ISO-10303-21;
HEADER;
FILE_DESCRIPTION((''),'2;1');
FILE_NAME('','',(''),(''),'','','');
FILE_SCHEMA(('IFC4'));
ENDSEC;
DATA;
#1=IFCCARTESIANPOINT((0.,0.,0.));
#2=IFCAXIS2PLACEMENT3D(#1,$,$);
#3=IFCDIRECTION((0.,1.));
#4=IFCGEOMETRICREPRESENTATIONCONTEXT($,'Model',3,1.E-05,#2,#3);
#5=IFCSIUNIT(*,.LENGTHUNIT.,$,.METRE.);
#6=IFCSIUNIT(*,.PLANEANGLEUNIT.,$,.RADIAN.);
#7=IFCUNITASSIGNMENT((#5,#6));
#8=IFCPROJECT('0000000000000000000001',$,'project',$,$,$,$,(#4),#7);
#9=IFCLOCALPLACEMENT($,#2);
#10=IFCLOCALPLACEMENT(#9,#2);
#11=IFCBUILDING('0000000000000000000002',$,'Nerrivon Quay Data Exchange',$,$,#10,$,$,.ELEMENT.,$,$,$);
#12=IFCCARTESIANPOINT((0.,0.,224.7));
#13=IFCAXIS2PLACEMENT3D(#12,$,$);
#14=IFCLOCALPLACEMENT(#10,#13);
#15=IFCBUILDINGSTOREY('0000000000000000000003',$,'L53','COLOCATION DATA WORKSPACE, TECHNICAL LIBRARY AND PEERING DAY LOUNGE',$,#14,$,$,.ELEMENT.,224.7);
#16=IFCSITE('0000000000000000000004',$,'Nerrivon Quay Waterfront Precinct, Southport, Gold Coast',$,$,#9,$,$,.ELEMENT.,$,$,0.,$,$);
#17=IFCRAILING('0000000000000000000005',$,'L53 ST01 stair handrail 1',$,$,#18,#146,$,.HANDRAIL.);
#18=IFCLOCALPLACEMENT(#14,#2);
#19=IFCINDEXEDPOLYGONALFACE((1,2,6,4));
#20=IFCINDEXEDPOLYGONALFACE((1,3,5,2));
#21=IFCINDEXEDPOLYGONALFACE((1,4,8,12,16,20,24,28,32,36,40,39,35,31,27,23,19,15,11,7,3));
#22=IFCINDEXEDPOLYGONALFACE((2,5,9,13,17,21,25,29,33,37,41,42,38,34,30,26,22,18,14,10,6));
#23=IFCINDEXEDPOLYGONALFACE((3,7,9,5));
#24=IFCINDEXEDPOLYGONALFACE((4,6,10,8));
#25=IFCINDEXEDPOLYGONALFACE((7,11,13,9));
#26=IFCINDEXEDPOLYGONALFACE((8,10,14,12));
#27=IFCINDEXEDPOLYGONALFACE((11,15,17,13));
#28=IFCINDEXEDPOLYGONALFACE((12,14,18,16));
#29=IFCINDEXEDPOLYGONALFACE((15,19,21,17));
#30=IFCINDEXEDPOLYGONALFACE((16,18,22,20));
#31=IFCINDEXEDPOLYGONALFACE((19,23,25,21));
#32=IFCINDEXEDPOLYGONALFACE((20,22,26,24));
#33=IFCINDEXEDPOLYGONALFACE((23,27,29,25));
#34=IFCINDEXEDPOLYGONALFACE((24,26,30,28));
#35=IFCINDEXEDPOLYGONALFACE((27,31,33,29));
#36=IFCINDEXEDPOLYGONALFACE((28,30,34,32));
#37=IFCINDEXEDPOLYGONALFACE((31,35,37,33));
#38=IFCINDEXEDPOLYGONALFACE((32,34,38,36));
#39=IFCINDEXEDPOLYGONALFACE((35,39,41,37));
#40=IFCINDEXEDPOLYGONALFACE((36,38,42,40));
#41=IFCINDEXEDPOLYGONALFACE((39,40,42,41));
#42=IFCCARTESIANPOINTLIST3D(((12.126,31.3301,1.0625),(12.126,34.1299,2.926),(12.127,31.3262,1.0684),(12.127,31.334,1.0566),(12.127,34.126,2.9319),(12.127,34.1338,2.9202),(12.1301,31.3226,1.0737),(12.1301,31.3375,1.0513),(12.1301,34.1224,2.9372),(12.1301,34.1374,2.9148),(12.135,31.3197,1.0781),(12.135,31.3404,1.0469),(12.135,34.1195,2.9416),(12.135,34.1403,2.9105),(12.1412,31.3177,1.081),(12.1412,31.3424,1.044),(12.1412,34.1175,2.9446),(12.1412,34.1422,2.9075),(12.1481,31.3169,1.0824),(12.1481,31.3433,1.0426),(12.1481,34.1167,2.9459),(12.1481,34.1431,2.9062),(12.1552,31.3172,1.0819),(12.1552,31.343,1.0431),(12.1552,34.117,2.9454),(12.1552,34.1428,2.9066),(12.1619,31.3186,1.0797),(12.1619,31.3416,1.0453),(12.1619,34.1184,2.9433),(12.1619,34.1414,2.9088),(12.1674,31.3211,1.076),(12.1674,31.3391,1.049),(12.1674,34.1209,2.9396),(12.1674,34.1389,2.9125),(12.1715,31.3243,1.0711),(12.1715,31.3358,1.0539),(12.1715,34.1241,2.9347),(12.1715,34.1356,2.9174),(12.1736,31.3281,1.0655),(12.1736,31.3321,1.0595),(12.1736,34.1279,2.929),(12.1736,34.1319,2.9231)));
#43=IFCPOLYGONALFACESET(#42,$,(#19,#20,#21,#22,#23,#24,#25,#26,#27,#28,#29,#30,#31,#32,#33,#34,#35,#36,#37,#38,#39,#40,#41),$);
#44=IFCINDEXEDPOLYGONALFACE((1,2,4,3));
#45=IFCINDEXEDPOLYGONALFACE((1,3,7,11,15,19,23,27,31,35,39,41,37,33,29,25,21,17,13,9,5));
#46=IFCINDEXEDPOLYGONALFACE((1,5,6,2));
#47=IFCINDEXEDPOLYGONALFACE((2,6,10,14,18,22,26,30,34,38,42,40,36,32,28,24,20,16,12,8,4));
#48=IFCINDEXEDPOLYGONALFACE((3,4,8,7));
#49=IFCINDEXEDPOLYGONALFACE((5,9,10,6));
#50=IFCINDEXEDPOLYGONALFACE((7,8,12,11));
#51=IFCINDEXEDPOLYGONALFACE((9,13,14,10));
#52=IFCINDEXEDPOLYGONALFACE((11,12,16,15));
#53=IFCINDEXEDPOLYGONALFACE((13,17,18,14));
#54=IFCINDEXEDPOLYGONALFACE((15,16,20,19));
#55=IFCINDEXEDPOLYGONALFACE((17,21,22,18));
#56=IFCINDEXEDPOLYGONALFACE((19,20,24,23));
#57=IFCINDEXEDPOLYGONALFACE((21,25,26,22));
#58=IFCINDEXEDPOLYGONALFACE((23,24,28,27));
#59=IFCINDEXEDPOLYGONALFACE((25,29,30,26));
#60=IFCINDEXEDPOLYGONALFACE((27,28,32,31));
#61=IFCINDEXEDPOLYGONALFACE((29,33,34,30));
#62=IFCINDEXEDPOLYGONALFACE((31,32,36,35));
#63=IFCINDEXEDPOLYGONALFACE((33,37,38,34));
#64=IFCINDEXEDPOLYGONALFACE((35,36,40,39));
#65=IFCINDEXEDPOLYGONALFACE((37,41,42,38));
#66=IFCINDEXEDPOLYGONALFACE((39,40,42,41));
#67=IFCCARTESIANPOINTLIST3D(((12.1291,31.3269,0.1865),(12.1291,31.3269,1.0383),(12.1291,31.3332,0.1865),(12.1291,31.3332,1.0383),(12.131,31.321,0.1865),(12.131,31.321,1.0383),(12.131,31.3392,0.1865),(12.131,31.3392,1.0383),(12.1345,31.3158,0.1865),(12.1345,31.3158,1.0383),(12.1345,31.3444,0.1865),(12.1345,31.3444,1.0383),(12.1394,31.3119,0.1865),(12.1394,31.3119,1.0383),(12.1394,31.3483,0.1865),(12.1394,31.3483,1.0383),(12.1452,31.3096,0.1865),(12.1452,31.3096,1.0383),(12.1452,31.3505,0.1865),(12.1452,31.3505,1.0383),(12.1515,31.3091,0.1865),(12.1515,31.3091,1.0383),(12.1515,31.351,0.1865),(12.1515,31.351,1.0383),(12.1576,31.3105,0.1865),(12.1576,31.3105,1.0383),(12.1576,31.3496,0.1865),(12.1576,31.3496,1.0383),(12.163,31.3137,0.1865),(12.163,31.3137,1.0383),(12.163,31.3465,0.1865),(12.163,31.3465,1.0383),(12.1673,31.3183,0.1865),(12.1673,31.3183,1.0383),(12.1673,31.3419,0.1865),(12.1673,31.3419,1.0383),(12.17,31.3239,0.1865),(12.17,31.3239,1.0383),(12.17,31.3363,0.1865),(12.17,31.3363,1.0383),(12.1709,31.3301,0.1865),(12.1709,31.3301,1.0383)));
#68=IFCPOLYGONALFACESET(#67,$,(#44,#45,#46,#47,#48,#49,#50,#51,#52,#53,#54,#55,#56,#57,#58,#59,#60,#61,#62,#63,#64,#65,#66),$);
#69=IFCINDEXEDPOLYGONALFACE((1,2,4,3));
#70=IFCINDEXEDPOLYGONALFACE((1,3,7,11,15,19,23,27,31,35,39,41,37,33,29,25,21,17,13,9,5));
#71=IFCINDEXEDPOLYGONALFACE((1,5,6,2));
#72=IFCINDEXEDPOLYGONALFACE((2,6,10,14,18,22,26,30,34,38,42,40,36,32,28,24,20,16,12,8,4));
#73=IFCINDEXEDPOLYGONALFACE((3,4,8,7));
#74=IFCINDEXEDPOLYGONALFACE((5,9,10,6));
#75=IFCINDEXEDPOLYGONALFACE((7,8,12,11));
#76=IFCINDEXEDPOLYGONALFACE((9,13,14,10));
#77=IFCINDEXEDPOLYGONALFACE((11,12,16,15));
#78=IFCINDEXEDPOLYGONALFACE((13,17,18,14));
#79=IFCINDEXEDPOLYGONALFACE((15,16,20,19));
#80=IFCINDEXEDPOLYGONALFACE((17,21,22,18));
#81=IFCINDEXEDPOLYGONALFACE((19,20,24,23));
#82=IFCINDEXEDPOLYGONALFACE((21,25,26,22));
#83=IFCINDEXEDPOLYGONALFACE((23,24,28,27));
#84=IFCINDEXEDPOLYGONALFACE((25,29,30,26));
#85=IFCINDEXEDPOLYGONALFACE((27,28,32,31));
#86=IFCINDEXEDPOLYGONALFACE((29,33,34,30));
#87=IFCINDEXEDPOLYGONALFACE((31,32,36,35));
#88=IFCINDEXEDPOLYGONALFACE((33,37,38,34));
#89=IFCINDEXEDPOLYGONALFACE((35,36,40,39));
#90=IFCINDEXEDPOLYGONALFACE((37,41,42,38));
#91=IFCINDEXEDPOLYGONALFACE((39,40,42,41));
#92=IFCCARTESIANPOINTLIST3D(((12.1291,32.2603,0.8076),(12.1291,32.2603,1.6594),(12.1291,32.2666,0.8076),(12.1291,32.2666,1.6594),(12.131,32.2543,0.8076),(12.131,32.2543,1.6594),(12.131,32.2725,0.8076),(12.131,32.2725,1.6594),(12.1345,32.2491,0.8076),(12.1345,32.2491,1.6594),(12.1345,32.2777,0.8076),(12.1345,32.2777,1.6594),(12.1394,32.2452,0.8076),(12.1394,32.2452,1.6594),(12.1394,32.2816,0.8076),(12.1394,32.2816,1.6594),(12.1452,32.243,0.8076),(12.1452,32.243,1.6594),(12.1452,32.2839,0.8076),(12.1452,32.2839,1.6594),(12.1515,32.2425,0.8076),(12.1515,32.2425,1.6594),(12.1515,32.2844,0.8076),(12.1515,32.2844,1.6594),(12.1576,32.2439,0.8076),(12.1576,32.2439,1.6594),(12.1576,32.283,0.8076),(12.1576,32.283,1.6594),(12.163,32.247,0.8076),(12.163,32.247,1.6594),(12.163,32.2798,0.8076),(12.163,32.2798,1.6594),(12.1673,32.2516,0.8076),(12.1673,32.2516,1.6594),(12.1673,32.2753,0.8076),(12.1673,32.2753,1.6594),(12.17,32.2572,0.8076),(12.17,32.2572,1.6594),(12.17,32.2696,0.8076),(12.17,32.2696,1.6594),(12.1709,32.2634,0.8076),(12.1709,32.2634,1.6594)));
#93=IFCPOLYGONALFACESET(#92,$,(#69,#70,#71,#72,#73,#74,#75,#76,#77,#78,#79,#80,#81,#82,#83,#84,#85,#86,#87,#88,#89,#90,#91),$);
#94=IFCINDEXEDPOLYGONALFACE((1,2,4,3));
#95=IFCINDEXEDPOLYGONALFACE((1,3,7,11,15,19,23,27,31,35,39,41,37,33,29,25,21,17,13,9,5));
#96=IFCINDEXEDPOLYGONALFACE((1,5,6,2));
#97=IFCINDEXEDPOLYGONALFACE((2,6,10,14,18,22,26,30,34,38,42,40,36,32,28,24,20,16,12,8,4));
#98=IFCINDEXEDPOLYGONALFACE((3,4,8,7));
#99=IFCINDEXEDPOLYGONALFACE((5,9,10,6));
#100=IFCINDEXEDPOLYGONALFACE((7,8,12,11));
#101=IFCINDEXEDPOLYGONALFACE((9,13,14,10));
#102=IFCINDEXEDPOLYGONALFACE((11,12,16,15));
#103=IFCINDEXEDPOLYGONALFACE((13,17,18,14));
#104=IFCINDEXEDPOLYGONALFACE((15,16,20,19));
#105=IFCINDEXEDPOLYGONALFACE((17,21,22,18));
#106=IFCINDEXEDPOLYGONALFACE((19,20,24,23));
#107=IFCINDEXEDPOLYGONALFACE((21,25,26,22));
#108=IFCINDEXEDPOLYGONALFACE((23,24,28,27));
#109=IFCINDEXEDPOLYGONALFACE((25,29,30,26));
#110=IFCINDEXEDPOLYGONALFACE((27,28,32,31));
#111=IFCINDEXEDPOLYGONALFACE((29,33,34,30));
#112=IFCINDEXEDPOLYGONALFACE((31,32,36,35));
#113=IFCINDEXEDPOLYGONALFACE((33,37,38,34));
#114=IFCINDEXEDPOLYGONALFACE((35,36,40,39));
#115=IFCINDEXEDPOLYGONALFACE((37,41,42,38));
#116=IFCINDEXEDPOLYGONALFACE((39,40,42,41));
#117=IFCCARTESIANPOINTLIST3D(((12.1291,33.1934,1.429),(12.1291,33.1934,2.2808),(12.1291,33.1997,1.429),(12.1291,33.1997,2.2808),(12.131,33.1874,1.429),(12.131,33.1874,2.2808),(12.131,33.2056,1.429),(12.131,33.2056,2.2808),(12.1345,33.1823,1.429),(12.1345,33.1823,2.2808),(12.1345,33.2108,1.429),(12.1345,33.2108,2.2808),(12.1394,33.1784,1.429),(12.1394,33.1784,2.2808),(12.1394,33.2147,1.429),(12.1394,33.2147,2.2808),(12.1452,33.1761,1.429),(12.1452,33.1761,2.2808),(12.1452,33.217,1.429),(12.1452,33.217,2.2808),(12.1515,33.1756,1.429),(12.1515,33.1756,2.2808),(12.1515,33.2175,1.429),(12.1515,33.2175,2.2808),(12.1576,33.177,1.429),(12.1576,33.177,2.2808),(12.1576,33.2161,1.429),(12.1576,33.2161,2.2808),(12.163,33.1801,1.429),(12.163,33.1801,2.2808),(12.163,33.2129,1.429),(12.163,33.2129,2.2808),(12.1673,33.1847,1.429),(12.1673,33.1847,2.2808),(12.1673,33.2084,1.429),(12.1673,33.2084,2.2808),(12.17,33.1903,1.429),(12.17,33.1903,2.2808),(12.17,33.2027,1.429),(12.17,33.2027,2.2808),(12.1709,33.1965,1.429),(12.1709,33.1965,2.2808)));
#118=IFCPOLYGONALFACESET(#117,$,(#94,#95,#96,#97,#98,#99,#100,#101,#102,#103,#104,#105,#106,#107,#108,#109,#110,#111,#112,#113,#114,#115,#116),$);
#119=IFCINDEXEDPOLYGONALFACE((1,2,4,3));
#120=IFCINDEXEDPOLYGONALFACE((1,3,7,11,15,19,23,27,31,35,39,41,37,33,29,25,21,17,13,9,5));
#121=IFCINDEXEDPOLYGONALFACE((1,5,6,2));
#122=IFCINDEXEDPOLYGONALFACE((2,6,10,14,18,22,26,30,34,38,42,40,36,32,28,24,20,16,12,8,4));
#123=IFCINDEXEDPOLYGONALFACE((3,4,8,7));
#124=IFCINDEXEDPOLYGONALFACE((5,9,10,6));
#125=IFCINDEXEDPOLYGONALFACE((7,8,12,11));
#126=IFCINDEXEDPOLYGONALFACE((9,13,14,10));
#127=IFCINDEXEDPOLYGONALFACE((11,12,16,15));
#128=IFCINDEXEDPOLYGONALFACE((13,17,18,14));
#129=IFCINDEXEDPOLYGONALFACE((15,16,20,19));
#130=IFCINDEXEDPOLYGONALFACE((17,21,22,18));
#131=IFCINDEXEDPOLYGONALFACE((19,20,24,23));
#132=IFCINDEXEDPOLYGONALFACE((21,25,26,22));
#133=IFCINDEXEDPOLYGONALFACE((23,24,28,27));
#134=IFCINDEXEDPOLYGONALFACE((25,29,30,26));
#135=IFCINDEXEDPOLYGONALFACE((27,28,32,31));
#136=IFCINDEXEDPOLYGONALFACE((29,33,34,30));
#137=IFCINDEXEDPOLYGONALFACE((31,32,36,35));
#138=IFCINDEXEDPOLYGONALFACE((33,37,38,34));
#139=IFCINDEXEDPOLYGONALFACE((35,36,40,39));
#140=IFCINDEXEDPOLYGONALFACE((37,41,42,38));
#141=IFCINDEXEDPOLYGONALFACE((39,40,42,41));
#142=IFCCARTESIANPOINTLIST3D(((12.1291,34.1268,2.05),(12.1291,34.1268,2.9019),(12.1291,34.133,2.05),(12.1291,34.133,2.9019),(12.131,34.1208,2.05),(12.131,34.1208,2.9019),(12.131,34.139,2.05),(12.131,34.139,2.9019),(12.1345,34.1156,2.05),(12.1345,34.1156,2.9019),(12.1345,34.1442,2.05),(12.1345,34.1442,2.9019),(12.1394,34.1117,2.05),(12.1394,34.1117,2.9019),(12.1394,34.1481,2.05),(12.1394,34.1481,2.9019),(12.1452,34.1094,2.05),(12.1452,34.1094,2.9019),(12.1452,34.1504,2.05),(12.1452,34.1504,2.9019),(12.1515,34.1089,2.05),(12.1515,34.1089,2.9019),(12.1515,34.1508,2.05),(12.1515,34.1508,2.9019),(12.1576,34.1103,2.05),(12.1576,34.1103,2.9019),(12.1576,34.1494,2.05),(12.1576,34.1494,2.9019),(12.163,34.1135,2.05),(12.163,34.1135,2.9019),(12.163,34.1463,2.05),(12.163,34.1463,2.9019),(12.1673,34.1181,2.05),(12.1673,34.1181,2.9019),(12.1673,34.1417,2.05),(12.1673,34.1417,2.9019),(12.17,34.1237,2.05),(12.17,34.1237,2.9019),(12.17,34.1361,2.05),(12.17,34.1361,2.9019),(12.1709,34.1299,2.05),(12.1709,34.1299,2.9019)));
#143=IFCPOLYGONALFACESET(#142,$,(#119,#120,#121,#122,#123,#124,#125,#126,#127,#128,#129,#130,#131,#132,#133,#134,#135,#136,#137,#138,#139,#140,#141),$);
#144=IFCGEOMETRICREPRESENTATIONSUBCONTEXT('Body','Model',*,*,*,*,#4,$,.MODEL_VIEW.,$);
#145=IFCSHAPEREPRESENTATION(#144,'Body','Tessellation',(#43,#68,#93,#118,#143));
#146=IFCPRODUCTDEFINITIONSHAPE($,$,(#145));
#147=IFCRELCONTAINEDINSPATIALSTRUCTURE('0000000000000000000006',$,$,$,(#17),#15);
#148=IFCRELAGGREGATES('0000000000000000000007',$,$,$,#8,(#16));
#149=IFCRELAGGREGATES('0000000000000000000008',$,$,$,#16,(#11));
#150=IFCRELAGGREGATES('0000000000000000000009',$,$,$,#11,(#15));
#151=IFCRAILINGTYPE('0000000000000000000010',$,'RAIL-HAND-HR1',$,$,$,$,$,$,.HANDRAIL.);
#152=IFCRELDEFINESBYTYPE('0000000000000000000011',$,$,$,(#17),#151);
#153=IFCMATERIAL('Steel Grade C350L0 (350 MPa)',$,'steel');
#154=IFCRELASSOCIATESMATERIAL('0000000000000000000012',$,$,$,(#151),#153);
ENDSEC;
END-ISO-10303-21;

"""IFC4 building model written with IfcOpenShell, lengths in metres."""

from ifc_helpers import new_model, si_unit, direction, frame, origin, origin_2d, place, context, subcontext, project, spatial, circle, extrude, material, type_object, element, save


model = new_model("IFC4")

# Units and contexts
model_context = context("Model", 3, precision=1e-05, world=origin(), true_north=direction((0.0, 1.0)))
body_context = subcontext(model_context, "Body", "Model", "MODEL_VIEW")
ifc_project = project(units=[si_unit("LENGTHUNIT", "METRE"), si_unit("PLANEANGLEUNIT", "RADIAN")], contexts=[model_context])

# Site, building, storey
site_placement = place(None, origin())
site = spatial("IfcSite", under=ifc_project, at=site_placement, Name="Nerrivon Quay Waterfront Precinct, Southport, Gold Coast", CompositionType="ELEMENT", RefElevation=0.0)
building_placement = place(site_placement, origin())
building = spatial("IfcBuilding", under=site, at=building_placement, Name="Nerrivon Quay Data Exchange", CompositionType="ELEMENT")
storey_placement = place(building_placement, frame((0.0, 0.0, 224.7)))
storey = spatial("IfcBuildingStorey", under=building, at=storey_placement, Name="L53", Description="COLOCATION DATA WORKSPACE, TECHNICAL LIBRARY AND PEERING DAY LOUNGE", CompositionType="ELEMENT", Elevation=224.7)

# Railing
ifc_material_1 = material(Name="Steel Grade C350L0 (350 MPa)", Category="steel")
railing_type_1 = type_object("IfcRailingType", Name="RAIL-HAND-HR1", PredefinedType="HANDRAIL", material=ifc_material_1)
railing_1_placement = place(storey_placement, frame((12.1499, 31.3301, 0.1865)))
element("IfcRailing", 1, at=railing_1_placement, inside=storey, type_object=railing_type_1, Name="L53 ST01 stair handrail 1", PredefinedType="HANDRAIL", context=body_context, shape_type="SweptSolid", body=[
    extrude(circle(Radius=0.0239, at=origin_2d()), frame((0.0, 0.0, 0.876), z_axis=(0.0, 0.832463, 0.55408), x_axis=(-1.0, 0.0, 0.0)), (0.0, 0.0, 1.0), 3.3633),
    extrude(circle(Radius=0.021, at=origin_2d()), origin(), (0.0, 0.0, 1.0), 0.8518),
    extrude(circle(Radius=0.021, at=origin_2d()), frame((0.0, 0.9333, 0.6211)), (0.0, 0.0, 1.0), 0.8518),
    extrude(circle(Radius=0.021, at=origin_2d()), frame((0.0, 1.8665, 1.2424)), (0.0, 0.0, 1.0), 0.8518),
    extrude(circle(Radius=0.021, at=origin_2d()), frame((0.0, 2.7998, 1.8635)), (0.0, 0.0, 1.0), 0.8518),
])

save(model, "model.ifc")
